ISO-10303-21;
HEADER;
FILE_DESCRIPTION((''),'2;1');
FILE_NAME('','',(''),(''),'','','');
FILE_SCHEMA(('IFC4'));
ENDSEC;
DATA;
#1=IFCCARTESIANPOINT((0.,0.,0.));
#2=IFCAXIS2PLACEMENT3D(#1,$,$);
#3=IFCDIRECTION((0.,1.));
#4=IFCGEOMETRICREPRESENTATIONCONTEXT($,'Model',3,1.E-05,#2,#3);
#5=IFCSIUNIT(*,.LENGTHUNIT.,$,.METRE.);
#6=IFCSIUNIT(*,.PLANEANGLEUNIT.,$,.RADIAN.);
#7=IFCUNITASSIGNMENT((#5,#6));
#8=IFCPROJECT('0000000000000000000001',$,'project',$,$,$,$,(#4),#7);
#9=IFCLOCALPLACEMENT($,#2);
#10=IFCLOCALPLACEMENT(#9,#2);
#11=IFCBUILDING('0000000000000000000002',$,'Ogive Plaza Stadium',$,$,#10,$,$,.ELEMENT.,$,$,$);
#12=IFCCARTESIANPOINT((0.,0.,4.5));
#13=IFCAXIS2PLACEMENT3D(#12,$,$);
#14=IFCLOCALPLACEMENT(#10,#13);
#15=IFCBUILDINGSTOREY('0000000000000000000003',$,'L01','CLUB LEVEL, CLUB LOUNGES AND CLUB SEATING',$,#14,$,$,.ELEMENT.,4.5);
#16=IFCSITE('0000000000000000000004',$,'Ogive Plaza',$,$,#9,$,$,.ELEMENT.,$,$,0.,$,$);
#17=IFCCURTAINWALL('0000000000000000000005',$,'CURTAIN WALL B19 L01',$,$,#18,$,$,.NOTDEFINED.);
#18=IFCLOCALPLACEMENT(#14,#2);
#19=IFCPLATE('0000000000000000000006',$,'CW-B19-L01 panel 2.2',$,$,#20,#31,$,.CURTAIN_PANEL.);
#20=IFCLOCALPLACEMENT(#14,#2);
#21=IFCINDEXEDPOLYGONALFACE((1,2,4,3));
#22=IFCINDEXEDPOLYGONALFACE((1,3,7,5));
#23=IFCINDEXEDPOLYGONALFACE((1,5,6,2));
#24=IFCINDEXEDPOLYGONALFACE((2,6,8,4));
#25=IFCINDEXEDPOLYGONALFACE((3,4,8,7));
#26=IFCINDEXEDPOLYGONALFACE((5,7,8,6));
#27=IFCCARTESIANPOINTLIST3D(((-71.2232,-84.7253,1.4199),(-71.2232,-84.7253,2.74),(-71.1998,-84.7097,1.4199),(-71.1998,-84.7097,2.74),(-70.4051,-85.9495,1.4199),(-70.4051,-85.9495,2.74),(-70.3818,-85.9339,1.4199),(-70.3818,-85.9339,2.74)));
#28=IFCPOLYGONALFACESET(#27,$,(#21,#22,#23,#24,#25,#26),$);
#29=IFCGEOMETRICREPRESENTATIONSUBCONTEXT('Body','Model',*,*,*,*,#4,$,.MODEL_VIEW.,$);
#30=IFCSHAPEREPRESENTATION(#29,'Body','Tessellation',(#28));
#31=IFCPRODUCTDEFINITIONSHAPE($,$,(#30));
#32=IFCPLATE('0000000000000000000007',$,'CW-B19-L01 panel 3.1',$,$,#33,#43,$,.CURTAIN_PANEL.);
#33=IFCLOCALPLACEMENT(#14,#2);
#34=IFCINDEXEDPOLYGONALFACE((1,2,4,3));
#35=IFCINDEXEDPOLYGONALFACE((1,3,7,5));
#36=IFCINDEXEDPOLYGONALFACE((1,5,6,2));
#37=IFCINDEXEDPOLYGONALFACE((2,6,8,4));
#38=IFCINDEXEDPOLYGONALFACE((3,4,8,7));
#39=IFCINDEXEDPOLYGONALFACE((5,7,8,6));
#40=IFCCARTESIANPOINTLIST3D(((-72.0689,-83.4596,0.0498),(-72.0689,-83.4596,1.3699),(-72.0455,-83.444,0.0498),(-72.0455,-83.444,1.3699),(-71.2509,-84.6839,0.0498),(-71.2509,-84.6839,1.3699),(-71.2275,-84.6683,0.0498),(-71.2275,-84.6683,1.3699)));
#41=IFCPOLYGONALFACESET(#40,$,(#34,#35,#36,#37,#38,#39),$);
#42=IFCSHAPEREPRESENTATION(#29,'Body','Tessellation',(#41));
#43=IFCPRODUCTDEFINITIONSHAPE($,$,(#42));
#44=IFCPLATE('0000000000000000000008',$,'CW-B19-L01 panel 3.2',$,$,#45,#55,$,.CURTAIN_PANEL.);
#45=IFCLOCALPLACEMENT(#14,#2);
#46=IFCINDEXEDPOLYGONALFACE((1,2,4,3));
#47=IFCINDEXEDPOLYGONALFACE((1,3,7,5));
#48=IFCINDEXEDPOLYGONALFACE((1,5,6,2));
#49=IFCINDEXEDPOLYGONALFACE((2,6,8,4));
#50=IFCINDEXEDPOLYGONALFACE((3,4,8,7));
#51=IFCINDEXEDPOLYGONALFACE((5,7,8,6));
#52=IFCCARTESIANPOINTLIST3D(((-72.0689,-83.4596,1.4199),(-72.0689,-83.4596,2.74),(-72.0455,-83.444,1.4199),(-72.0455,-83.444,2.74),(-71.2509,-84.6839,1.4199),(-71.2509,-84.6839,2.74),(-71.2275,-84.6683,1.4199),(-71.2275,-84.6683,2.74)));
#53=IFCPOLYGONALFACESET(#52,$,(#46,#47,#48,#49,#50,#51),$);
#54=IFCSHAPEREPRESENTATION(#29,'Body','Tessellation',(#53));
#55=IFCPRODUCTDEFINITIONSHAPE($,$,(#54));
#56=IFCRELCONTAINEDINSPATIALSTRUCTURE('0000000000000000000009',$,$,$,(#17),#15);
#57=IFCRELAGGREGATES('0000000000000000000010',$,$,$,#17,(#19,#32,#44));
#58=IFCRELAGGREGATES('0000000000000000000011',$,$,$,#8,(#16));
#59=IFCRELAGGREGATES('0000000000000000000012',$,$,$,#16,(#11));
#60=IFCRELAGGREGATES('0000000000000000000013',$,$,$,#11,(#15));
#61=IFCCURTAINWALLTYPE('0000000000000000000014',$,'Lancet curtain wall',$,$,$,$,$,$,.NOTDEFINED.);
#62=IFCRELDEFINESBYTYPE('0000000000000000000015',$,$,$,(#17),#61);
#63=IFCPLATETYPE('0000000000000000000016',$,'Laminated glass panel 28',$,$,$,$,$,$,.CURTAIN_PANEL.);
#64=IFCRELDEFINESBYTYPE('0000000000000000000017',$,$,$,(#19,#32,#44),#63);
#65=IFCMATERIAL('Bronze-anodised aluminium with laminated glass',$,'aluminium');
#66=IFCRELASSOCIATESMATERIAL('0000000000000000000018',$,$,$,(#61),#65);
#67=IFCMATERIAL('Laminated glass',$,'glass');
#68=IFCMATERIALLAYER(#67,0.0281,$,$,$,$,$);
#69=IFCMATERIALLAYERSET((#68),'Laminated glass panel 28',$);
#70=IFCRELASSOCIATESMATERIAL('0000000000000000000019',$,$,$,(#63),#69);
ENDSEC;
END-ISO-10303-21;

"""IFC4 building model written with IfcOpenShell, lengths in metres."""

from ifc_helpers import new_model, si_unit, direction, frame, origin, origin_2d, place, context, subcontext, project, spatial, rectangle, extrude, material, layer, layer_set, type_object, element, aggregate, save


model = new_model("IFC4")

# Units and contexts
model_context = context("Model", 3, precision=1e-05, world=origin(), true_north=direction((0.0, 1.0)))
body_context = subcontext(model_context, "Body", "Model", "MODEL_VIEW")
ifc_project = project(units=[si_unit("LENGTHUNIT", "METRE"), si_unit("PLANEANGLEUNIT", "RADIAN")], contexts=[model_context])

# Site, building, storey
site_placement = place(None, origin())
site = spatial("IfcSite", under=ifc_project, at=site_placement, Name="Ogive Plaza", CompositionType="ELEMENT", RefElevation=0.0)
building_placement = place(site_placement, origin())
building = spatial("IfcBuilding", under=site, at=building_placement, Name="Ogive Plaza Stadium", CompositionType="ELEMENT")
storey_placement = place(building_placement, frame((0.0, 0.0, 4.5)))
storey = spatial("IfcBuildingStorey", under=building, at=storey_placement, Name="L01", Description="CLUB LEVEL, CLUB LOUNGES AND CLUB SEATING", CompositionType="ELEMENT", Elevation=4.5)

# Curtain wall
ifc_material_1 = material(Name="Bronze-anodised aluminium with laminated glass", Category="aluminium")
curtain_wall_type = type_object("IfcCurtainWallType", Name="Lancet curtain wall", PredefinedType="NOTDEFINED", material=ifc_material_1)
curtain_wall_1_placement = place(storey_placement, origin())
curtain_wall_1 = element("IfcCurtainWall", 1, at=curtain_wall_1_placement, inside=storey, type_object=curtain_wall_type, Name="CURTAIN WALL B19 L01", PredefinedType="NOTDEFINED")

# Plates
ifc_material_2 = material(Name="Laminated glass", Category="glass")
ifc_layer = layer(ifc_material_2, 0.0281)
ifc_layer_set = layer_set([ifc_layer], Name="Laminated glass panel 28")
plate_type = type_object("IfcPlateType", Name="Laminated glass panel 28", PredefinedType="CURTAIN_PANEL", material=ifc_layer_set)
plate_1_placement = place(storey_placement, frame((-70.8025, -85.3296, 1.4199), z_axis=(0.0, 0.0, 1.0), x_axis=(-0.55557, 0.83147, 0.0)))
plate_1 = element("IfcPlate", 2, at=plate_1_placement, type_object=plate_type, Name="CW-B19-L01 panel 2.2", PredefinedType="CURTAIN_PANEL", context=body_context, shape_type="SweptSolid", body=[
    extrude(rectangle(XDim=1.4724, YDim=0.0281, at=origin_2d()), origin(), (0.0, 0.0, 1.0), 1.3201),
])
plate_2_placement = place(storey_placement, frame((-71.6482, -84.064, 0.0498), z_axis=(0.0, 0.0, 1.0), x_axis=(-0.55557, 0.83147, 0.0)))
plate_2 = element("IfcPlate", 3, at=plate_2_placement, type_object=plate_type, Name="CW-B19-L01 panel 3.1", PredefinedType="CURTAIN_PANEL", context=body_context, shape_type="SweptSolid", body=[
    extrude(rectangle(XDim=1.4724, YDim=0.0281, at=origin_2d()), origin(), (0.0, 0.0, 1.0), 1.3201),
])
plate_3_placement = place(storey_placement, frame((-71.6482, -84.064, 1.4199), z_axis=(0.0, 0.0, 1.0), x_axis=(-0.55557, 0.83147, 0.0)))
plate_3 = element("IfcPlate", 4, at=plate_3_placement, type_object=plate_type, Name="CW-B19-L01 panel 3.2", PredefinedType="CURTAIN_PANEL", context=body_context, shape_type="SweptSolid", body=[
    extrude(rectangle(XDim=1.4724, YDim=0.0281, at=origin_2d()), origin(), (0.0, 0.0, 1.0), 1.3201),
])
aggregate(curtain_wall_1, [plate_1, plate_2, plate_3])

save(model, "model.ifc")
